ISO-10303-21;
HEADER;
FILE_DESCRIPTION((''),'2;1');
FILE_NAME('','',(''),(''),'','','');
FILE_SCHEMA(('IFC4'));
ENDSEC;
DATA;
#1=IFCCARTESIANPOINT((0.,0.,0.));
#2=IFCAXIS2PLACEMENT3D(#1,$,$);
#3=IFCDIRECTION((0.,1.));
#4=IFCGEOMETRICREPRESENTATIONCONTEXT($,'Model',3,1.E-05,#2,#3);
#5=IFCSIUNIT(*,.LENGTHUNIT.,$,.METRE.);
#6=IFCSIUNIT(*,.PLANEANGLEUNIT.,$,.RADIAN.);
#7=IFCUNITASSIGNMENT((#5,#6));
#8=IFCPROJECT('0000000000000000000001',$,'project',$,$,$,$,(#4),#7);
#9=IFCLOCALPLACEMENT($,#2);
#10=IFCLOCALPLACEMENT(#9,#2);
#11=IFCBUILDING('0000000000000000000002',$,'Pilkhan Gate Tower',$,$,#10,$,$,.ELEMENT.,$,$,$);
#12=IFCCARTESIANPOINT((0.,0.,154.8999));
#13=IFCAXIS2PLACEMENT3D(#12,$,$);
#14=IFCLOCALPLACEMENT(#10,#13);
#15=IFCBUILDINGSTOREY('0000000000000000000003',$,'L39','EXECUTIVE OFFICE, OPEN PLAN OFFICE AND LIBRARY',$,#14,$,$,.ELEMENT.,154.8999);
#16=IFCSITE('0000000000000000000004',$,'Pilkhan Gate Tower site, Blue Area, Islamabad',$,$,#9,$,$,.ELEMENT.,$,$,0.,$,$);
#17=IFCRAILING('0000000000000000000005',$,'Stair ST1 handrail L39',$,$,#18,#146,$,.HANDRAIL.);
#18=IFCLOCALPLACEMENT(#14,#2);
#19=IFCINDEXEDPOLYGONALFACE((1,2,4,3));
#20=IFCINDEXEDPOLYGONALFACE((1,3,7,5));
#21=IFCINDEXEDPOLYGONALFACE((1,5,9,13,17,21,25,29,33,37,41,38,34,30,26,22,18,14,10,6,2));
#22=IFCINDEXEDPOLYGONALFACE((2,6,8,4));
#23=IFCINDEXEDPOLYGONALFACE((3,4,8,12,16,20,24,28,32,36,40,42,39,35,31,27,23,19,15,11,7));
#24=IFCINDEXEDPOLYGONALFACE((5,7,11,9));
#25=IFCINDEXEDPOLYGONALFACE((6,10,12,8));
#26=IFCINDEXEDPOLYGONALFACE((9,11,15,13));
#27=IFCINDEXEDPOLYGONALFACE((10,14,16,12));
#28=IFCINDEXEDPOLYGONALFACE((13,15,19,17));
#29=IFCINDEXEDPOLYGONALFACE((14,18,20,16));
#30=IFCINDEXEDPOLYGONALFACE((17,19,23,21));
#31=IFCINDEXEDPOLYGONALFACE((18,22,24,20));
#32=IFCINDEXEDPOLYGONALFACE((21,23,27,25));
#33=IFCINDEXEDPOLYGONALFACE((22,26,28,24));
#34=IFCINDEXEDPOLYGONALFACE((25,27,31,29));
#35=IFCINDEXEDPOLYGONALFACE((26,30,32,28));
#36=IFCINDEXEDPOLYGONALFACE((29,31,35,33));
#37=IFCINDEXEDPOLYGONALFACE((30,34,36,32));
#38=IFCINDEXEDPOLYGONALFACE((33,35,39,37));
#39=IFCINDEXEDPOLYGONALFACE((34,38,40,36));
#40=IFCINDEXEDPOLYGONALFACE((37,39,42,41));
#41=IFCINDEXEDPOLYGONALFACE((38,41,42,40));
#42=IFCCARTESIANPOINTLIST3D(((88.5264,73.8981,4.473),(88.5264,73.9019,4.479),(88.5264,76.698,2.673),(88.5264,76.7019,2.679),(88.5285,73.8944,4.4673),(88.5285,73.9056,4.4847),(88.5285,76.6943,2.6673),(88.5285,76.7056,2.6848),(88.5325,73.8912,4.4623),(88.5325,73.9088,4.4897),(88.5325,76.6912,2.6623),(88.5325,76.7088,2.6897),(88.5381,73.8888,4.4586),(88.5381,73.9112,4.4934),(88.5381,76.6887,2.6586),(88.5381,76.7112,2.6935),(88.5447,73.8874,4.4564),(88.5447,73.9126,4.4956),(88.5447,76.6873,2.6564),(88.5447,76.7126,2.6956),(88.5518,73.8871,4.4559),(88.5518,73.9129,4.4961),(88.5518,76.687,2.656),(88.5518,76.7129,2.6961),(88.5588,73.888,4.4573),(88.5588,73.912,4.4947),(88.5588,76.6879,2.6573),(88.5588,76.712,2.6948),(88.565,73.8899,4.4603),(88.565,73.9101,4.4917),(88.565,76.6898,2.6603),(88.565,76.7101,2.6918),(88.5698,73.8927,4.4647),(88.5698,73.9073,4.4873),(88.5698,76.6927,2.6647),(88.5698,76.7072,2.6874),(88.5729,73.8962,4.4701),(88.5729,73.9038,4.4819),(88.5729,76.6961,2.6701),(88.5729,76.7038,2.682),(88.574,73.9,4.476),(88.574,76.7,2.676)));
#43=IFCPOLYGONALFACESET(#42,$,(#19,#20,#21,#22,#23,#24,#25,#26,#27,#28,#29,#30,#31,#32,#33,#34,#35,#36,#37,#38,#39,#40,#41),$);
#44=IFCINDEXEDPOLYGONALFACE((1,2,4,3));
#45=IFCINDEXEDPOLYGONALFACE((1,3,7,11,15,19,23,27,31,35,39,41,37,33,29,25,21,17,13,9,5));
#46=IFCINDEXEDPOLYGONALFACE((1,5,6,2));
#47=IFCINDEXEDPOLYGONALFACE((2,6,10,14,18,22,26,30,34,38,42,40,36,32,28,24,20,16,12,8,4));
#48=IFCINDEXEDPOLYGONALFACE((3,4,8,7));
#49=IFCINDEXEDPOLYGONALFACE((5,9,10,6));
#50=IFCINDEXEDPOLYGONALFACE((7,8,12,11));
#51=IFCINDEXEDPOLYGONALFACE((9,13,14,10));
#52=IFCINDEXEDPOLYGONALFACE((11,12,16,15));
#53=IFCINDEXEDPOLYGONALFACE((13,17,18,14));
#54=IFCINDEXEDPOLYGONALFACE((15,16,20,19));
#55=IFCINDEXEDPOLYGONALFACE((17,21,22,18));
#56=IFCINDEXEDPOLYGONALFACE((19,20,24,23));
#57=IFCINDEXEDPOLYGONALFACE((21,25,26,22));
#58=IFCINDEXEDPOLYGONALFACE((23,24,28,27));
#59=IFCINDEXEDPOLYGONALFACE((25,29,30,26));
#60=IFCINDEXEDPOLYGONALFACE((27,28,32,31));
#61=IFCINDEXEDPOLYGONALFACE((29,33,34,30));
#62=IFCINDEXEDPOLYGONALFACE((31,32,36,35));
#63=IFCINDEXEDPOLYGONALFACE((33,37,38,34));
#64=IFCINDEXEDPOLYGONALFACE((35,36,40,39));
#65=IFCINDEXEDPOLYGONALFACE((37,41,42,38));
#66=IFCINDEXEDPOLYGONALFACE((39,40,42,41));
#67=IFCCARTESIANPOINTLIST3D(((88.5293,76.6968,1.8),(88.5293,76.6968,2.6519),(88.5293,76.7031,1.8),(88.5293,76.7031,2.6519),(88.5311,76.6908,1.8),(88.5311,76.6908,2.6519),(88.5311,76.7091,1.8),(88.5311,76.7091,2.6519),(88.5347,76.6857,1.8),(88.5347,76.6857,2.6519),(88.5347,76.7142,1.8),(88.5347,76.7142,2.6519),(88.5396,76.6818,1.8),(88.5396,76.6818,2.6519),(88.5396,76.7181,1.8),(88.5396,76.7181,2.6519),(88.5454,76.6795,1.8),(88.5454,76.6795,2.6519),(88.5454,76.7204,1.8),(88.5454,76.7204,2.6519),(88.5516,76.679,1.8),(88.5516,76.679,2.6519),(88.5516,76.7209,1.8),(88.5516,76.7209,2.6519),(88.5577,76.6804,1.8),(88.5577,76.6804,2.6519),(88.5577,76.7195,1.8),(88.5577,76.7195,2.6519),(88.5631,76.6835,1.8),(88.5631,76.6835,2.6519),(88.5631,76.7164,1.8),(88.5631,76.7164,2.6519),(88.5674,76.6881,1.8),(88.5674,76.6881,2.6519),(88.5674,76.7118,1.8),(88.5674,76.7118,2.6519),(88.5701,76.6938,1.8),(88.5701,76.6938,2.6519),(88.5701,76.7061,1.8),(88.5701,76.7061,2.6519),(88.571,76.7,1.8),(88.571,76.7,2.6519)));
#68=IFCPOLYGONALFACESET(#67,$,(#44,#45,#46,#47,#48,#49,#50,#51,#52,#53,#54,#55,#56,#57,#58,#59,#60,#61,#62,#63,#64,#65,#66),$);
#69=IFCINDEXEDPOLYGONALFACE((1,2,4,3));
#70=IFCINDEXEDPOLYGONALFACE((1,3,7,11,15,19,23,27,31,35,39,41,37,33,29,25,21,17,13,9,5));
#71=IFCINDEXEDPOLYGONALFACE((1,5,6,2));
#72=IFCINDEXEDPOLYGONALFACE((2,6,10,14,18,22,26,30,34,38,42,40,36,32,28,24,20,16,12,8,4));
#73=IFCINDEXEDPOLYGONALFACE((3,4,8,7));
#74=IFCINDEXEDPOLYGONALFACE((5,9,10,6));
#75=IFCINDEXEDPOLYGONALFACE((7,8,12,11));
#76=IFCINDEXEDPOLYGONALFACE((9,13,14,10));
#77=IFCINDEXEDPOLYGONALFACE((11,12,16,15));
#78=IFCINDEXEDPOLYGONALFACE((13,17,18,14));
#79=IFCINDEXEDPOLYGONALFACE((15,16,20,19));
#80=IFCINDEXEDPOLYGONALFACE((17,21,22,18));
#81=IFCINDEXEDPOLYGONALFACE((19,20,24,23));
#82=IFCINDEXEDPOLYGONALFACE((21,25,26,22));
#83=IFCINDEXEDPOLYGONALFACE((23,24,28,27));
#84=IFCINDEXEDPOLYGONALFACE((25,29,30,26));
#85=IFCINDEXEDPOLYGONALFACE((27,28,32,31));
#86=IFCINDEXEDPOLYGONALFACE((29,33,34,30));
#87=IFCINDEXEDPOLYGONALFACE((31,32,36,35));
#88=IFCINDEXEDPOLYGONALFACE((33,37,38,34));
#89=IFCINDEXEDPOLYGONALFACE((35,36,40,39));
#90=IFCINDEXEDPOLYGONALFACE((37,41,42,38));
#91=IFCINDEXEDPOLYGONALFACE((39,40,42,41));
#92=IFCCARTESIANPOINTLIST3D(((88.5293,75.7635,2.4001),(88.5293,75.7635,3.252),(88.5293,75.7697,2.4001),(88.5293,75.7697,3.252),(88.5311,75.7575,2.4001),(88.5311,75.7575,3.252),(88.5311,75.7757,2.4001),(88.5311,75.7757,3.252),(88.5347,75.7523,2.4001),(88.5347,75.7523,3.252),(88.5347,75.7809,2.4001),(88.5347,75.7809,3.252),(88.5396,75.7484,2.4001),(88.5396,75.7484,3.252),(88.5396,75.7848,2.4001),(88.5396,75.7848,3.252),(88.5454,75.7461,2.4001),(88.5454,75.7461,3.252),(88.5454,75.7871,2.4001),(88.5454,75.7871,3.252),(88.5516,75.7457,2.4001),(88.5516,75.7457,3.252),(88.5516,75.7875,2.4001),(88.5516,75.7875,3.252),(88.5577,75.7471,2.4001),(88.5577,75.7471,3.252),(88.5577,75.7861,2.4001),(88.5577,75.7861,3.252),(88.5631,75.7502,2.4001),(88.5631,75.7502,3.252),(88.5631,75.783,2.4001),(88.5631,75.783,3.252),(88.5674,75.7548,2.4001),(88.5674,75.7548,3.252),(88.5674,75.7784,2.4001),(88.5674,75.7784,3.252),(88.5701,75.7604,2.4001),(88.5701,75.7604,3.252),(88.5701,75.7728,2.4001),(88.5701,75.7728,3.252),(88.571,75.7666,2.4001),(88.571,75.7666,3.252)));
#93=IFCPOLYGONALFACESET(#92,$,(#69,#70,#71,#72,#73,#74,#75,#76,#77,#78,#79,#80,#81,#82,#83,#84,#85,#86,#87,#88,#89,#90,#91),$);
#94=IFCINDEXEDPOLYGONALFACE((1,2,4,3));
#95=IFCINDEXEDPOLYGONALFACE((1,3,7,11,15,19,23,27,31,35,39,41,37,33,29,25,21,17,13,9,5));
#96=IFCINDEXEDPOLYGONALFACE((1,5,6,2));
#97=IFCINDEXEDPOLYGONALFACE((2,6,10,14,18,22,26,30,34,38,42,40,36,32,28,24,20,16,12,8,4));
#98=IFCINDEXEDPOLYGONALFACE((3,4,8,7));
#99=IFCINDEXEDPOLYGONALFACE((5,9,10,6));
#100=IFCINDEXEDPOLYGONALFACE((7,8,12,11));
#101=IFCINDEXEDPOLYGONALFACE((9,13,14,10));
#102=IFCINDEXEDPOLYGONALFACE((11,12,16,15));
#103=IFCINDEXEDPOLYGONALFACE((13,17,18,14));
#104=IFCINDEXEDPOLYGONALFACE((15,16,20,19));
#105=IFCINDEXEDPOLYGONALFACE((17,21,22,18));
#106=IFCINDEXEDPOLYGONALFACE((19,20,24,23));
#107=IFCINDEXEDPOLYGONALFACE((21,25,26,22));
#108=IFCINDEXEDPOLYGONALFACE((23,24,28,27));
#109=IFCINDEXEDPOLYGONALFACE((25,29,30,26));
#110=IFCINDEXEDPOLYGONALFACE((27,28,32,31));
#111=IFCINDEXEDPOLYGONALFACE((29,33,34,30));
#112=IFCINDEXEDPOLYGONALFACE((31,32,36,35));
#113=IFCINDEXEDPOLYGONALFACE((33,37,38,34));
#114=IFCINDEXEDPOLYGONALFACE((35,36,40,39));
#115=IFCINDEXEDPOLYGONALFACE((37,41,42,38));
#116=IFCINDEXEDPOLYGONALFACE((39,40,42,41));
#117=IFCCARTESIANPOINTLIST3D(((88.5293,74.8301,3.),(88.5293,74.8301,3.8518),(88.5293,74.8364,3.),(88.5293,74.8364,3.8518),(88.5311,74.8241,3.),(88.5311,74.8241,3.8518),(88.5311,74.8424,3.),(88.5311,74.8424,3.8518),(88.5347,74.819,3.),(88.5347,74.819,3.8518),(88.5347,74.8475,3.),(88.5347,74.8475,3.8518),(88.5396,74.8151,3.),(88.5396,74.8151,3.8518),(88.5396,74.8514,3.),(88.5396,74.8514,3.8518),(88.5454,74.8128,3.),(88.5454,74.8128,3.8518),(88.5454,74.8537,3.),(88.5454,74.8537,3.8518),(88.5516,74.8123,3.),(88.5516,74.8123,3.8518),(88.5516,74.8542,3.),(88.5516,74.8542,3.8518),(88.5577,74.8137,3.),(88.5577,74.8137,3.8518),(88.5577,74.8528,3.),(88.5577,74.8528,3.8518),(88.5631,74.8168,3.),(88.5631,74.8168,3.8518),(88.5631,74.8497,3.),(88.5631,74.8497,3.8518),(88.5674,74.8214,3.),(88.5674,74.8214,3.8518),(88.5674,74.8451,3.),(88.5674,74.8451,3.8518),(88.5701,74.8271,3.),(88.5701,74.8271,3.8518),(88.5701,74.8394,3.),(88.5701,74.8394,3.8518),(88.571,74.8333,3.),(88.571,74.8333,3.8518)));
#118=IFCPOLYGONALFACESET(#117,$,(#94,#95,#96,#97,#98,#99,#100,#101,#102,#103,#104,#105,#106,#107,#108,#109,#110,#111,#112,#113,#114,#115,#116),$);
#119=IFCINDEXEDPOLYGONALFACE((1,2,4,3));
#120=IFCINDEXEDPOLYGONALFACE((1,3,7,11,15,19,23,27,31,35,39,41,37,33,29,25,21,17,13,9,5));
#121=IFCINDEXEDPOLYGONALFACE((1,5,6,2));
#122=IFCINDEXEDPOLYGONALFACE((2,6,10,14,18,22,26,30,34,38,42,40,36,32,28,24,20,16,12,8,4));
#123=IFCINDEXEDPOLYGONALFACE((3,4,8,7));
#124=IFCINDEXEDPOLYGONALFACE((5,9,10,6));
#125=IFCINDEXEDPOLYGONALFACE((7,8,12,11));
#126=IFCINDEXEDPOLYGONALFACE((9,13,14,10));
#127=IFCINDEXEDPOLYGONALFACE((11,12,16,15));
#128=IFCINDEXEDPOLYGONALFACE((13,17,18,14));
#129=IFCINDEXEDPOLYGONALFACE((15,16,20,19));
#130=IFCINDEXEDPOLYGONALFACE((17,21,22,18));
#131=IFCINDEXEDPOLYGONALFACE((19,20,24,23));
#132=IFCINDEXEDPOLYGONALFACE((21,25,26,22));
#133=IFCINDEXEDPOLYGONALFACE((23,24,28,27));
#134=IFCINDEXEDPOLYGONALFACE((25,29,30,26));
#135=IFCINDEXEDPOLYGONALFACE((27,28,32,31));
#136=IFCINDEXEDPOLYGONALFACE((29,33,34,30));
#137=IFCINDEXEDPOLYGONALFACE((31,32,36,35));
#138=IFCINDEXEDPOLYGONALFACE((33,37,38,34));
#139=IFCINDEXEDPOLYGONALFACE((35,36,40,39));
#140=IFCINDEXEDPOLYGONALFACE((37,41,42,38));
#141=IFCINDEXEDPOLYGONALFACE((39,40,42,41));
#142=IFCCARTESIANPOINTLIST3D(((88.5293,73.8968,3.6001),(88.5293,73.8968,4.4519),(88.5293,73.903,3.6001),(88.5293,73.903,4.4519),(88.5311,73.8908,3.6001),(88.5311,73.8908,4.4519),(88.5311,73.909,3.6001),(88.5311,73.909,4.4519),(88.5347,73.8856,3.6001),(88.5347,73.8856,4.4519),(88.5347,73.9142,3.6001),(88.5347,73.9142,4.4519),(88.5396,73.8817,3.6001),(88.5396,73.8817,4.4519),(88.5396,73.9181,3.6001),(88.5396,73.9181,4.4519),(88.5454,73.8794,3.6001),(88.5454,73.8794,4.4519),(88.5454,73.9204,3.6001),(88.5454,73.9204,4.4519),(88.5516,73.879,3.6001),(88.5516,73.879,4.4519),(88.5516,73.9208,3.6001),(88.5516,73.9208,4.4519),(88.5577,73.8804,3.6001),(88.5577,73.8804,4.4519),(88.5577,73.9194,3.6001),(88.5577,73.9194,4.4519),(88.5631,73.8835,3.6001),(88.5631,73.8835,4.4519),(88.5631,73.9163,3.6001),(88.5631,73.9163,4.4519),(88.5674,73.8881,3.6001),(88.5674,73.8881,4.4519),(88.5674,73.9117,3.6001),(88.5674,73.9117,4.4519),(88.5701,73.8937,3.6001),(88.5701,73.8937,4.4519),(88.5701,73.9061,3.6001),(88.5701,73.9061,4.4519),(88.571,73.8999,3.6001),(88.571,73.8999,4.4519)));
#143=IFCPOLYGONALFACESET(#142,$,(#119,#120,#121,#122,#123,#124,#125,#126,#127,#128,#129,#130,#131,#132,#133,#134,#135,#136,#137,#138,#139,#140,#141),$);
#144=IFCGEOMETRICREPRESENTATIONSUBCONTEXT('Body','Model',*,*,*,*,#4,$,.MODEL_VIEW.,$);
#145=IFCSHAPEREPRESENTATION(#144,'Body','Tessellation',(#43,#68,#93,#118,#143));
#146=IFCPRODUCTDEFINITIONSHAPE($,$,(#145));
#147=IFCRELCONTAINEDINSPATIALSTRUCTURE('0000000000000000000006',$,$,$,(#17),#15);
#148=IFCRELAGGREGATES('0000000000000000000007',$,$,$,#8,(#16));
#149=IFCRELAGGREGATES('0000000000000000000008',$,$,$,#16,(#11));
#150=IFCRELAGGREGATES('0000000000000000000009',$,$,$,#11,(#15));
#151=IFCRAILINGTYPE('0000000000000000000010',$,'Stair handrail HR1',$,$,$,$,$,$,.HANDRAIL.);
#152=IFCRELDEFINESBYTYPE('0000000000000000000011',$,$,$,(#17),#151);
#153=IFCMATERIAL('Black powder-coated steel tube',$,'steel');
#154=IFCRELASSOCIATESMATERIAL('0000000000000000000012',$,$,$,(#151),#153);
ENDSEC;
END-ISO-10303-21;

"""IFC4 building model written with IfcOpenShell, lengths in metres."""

from ifc_helpers import new_model, si_unit, direction, frame, origin, origin_2d, place, context, subcontext, project, spatial, circle, extrude, material, type_object, element, save


model = new_model("IFC4")

# Units and contexts
model_context = context("Model", 3, precision=1e-05, world=origin(), true_north=direction((0.0, 1.0)))
body_context = subcontext(model_context, "Body", "Model", "MODEL_VIEW")
ifc_project = project(units=[si_unit("LENGTHUNIT", "METRE"), si_unit("PLANEANGLEUNIT", "RADIAN")], contexts=[model_context])

# Site, building, storey
site_placement = place(None, origin())
site = spatial("IfcSite", under=ifc_project, at=site_placement, Name="Pilkhan Gate Tower site, Blue Area, Islamabad", CompositionType="ELEMENT", RefElevation=0.0)
building_placement = place(site_placement, origin())
building = spatial("IfcBuilding", under=site, at=building_placement, Name="Pilkhan Gate Tower", CompositionType="ELEMENT")
storey_placement = place(building_placement, frame((0.0, 0.0, 154.8999)))
storey = spatial("IfcBuildingStorey", under=building, at=storey_placement, Name="L39", Description="EXECUTIVE OFFICE, OPEN PLAN OFFICE AND LIBRARY", CompositionType="ELEMENT", Elevation=154.8999)

# Railing
ifc_material_1 = material(Name="Black powder-coated steel tube", Category="steel")
railing_type_1 = type_object("IfcRailingType", Name="Stair handrail HR1", PredefinedType="HANDRAIL", material=ifc_material_1)
railing_1_placement = place(storey_placement, frame((88.55, 76.7, 1.8)))
element("IfcRailing", 1, at=railing_1_placement, inside=storey, type_object=railing_type_1, Name="Stair ST1 handrail L39", PredefinedType="HANDRAIL", context=body_context, shape_type="SweptSolid", body=[
    extrude(circle(Radius=0.0239, at=origin_2d()), frame((0.0, 0.0, 0.876), z_axis=(0.0, -0.841176, 0.540761), x_axis=(1.0, 0.0, 0.0)), (0.0, 0.0, 1.0), 3.3286),
    extrude(circle(Radius=0.021, at=origin_2d()), origin(), (0.0, 0.0, 1.0), 0.8518),
    extrude(circle(Radius=0.021, at=origin_2d()), frame((0.0, -0.9333, 0.6001)), (0.0, 0.0, 1.0), 0.8518),
    extrude(circle(Radius=0.021, at=origin_2d()), frame((0.0, -1.8667, 1.2)), (0.0, 0.0, 1.0), 0.8518),
    extrude(circle(Radius=0.021, at=origin_2d()), frame((0.0, -2.8, 1.8)), (0.0, 0.0, 1.0), 0.8518),
])

save(model, "model.ifc")
